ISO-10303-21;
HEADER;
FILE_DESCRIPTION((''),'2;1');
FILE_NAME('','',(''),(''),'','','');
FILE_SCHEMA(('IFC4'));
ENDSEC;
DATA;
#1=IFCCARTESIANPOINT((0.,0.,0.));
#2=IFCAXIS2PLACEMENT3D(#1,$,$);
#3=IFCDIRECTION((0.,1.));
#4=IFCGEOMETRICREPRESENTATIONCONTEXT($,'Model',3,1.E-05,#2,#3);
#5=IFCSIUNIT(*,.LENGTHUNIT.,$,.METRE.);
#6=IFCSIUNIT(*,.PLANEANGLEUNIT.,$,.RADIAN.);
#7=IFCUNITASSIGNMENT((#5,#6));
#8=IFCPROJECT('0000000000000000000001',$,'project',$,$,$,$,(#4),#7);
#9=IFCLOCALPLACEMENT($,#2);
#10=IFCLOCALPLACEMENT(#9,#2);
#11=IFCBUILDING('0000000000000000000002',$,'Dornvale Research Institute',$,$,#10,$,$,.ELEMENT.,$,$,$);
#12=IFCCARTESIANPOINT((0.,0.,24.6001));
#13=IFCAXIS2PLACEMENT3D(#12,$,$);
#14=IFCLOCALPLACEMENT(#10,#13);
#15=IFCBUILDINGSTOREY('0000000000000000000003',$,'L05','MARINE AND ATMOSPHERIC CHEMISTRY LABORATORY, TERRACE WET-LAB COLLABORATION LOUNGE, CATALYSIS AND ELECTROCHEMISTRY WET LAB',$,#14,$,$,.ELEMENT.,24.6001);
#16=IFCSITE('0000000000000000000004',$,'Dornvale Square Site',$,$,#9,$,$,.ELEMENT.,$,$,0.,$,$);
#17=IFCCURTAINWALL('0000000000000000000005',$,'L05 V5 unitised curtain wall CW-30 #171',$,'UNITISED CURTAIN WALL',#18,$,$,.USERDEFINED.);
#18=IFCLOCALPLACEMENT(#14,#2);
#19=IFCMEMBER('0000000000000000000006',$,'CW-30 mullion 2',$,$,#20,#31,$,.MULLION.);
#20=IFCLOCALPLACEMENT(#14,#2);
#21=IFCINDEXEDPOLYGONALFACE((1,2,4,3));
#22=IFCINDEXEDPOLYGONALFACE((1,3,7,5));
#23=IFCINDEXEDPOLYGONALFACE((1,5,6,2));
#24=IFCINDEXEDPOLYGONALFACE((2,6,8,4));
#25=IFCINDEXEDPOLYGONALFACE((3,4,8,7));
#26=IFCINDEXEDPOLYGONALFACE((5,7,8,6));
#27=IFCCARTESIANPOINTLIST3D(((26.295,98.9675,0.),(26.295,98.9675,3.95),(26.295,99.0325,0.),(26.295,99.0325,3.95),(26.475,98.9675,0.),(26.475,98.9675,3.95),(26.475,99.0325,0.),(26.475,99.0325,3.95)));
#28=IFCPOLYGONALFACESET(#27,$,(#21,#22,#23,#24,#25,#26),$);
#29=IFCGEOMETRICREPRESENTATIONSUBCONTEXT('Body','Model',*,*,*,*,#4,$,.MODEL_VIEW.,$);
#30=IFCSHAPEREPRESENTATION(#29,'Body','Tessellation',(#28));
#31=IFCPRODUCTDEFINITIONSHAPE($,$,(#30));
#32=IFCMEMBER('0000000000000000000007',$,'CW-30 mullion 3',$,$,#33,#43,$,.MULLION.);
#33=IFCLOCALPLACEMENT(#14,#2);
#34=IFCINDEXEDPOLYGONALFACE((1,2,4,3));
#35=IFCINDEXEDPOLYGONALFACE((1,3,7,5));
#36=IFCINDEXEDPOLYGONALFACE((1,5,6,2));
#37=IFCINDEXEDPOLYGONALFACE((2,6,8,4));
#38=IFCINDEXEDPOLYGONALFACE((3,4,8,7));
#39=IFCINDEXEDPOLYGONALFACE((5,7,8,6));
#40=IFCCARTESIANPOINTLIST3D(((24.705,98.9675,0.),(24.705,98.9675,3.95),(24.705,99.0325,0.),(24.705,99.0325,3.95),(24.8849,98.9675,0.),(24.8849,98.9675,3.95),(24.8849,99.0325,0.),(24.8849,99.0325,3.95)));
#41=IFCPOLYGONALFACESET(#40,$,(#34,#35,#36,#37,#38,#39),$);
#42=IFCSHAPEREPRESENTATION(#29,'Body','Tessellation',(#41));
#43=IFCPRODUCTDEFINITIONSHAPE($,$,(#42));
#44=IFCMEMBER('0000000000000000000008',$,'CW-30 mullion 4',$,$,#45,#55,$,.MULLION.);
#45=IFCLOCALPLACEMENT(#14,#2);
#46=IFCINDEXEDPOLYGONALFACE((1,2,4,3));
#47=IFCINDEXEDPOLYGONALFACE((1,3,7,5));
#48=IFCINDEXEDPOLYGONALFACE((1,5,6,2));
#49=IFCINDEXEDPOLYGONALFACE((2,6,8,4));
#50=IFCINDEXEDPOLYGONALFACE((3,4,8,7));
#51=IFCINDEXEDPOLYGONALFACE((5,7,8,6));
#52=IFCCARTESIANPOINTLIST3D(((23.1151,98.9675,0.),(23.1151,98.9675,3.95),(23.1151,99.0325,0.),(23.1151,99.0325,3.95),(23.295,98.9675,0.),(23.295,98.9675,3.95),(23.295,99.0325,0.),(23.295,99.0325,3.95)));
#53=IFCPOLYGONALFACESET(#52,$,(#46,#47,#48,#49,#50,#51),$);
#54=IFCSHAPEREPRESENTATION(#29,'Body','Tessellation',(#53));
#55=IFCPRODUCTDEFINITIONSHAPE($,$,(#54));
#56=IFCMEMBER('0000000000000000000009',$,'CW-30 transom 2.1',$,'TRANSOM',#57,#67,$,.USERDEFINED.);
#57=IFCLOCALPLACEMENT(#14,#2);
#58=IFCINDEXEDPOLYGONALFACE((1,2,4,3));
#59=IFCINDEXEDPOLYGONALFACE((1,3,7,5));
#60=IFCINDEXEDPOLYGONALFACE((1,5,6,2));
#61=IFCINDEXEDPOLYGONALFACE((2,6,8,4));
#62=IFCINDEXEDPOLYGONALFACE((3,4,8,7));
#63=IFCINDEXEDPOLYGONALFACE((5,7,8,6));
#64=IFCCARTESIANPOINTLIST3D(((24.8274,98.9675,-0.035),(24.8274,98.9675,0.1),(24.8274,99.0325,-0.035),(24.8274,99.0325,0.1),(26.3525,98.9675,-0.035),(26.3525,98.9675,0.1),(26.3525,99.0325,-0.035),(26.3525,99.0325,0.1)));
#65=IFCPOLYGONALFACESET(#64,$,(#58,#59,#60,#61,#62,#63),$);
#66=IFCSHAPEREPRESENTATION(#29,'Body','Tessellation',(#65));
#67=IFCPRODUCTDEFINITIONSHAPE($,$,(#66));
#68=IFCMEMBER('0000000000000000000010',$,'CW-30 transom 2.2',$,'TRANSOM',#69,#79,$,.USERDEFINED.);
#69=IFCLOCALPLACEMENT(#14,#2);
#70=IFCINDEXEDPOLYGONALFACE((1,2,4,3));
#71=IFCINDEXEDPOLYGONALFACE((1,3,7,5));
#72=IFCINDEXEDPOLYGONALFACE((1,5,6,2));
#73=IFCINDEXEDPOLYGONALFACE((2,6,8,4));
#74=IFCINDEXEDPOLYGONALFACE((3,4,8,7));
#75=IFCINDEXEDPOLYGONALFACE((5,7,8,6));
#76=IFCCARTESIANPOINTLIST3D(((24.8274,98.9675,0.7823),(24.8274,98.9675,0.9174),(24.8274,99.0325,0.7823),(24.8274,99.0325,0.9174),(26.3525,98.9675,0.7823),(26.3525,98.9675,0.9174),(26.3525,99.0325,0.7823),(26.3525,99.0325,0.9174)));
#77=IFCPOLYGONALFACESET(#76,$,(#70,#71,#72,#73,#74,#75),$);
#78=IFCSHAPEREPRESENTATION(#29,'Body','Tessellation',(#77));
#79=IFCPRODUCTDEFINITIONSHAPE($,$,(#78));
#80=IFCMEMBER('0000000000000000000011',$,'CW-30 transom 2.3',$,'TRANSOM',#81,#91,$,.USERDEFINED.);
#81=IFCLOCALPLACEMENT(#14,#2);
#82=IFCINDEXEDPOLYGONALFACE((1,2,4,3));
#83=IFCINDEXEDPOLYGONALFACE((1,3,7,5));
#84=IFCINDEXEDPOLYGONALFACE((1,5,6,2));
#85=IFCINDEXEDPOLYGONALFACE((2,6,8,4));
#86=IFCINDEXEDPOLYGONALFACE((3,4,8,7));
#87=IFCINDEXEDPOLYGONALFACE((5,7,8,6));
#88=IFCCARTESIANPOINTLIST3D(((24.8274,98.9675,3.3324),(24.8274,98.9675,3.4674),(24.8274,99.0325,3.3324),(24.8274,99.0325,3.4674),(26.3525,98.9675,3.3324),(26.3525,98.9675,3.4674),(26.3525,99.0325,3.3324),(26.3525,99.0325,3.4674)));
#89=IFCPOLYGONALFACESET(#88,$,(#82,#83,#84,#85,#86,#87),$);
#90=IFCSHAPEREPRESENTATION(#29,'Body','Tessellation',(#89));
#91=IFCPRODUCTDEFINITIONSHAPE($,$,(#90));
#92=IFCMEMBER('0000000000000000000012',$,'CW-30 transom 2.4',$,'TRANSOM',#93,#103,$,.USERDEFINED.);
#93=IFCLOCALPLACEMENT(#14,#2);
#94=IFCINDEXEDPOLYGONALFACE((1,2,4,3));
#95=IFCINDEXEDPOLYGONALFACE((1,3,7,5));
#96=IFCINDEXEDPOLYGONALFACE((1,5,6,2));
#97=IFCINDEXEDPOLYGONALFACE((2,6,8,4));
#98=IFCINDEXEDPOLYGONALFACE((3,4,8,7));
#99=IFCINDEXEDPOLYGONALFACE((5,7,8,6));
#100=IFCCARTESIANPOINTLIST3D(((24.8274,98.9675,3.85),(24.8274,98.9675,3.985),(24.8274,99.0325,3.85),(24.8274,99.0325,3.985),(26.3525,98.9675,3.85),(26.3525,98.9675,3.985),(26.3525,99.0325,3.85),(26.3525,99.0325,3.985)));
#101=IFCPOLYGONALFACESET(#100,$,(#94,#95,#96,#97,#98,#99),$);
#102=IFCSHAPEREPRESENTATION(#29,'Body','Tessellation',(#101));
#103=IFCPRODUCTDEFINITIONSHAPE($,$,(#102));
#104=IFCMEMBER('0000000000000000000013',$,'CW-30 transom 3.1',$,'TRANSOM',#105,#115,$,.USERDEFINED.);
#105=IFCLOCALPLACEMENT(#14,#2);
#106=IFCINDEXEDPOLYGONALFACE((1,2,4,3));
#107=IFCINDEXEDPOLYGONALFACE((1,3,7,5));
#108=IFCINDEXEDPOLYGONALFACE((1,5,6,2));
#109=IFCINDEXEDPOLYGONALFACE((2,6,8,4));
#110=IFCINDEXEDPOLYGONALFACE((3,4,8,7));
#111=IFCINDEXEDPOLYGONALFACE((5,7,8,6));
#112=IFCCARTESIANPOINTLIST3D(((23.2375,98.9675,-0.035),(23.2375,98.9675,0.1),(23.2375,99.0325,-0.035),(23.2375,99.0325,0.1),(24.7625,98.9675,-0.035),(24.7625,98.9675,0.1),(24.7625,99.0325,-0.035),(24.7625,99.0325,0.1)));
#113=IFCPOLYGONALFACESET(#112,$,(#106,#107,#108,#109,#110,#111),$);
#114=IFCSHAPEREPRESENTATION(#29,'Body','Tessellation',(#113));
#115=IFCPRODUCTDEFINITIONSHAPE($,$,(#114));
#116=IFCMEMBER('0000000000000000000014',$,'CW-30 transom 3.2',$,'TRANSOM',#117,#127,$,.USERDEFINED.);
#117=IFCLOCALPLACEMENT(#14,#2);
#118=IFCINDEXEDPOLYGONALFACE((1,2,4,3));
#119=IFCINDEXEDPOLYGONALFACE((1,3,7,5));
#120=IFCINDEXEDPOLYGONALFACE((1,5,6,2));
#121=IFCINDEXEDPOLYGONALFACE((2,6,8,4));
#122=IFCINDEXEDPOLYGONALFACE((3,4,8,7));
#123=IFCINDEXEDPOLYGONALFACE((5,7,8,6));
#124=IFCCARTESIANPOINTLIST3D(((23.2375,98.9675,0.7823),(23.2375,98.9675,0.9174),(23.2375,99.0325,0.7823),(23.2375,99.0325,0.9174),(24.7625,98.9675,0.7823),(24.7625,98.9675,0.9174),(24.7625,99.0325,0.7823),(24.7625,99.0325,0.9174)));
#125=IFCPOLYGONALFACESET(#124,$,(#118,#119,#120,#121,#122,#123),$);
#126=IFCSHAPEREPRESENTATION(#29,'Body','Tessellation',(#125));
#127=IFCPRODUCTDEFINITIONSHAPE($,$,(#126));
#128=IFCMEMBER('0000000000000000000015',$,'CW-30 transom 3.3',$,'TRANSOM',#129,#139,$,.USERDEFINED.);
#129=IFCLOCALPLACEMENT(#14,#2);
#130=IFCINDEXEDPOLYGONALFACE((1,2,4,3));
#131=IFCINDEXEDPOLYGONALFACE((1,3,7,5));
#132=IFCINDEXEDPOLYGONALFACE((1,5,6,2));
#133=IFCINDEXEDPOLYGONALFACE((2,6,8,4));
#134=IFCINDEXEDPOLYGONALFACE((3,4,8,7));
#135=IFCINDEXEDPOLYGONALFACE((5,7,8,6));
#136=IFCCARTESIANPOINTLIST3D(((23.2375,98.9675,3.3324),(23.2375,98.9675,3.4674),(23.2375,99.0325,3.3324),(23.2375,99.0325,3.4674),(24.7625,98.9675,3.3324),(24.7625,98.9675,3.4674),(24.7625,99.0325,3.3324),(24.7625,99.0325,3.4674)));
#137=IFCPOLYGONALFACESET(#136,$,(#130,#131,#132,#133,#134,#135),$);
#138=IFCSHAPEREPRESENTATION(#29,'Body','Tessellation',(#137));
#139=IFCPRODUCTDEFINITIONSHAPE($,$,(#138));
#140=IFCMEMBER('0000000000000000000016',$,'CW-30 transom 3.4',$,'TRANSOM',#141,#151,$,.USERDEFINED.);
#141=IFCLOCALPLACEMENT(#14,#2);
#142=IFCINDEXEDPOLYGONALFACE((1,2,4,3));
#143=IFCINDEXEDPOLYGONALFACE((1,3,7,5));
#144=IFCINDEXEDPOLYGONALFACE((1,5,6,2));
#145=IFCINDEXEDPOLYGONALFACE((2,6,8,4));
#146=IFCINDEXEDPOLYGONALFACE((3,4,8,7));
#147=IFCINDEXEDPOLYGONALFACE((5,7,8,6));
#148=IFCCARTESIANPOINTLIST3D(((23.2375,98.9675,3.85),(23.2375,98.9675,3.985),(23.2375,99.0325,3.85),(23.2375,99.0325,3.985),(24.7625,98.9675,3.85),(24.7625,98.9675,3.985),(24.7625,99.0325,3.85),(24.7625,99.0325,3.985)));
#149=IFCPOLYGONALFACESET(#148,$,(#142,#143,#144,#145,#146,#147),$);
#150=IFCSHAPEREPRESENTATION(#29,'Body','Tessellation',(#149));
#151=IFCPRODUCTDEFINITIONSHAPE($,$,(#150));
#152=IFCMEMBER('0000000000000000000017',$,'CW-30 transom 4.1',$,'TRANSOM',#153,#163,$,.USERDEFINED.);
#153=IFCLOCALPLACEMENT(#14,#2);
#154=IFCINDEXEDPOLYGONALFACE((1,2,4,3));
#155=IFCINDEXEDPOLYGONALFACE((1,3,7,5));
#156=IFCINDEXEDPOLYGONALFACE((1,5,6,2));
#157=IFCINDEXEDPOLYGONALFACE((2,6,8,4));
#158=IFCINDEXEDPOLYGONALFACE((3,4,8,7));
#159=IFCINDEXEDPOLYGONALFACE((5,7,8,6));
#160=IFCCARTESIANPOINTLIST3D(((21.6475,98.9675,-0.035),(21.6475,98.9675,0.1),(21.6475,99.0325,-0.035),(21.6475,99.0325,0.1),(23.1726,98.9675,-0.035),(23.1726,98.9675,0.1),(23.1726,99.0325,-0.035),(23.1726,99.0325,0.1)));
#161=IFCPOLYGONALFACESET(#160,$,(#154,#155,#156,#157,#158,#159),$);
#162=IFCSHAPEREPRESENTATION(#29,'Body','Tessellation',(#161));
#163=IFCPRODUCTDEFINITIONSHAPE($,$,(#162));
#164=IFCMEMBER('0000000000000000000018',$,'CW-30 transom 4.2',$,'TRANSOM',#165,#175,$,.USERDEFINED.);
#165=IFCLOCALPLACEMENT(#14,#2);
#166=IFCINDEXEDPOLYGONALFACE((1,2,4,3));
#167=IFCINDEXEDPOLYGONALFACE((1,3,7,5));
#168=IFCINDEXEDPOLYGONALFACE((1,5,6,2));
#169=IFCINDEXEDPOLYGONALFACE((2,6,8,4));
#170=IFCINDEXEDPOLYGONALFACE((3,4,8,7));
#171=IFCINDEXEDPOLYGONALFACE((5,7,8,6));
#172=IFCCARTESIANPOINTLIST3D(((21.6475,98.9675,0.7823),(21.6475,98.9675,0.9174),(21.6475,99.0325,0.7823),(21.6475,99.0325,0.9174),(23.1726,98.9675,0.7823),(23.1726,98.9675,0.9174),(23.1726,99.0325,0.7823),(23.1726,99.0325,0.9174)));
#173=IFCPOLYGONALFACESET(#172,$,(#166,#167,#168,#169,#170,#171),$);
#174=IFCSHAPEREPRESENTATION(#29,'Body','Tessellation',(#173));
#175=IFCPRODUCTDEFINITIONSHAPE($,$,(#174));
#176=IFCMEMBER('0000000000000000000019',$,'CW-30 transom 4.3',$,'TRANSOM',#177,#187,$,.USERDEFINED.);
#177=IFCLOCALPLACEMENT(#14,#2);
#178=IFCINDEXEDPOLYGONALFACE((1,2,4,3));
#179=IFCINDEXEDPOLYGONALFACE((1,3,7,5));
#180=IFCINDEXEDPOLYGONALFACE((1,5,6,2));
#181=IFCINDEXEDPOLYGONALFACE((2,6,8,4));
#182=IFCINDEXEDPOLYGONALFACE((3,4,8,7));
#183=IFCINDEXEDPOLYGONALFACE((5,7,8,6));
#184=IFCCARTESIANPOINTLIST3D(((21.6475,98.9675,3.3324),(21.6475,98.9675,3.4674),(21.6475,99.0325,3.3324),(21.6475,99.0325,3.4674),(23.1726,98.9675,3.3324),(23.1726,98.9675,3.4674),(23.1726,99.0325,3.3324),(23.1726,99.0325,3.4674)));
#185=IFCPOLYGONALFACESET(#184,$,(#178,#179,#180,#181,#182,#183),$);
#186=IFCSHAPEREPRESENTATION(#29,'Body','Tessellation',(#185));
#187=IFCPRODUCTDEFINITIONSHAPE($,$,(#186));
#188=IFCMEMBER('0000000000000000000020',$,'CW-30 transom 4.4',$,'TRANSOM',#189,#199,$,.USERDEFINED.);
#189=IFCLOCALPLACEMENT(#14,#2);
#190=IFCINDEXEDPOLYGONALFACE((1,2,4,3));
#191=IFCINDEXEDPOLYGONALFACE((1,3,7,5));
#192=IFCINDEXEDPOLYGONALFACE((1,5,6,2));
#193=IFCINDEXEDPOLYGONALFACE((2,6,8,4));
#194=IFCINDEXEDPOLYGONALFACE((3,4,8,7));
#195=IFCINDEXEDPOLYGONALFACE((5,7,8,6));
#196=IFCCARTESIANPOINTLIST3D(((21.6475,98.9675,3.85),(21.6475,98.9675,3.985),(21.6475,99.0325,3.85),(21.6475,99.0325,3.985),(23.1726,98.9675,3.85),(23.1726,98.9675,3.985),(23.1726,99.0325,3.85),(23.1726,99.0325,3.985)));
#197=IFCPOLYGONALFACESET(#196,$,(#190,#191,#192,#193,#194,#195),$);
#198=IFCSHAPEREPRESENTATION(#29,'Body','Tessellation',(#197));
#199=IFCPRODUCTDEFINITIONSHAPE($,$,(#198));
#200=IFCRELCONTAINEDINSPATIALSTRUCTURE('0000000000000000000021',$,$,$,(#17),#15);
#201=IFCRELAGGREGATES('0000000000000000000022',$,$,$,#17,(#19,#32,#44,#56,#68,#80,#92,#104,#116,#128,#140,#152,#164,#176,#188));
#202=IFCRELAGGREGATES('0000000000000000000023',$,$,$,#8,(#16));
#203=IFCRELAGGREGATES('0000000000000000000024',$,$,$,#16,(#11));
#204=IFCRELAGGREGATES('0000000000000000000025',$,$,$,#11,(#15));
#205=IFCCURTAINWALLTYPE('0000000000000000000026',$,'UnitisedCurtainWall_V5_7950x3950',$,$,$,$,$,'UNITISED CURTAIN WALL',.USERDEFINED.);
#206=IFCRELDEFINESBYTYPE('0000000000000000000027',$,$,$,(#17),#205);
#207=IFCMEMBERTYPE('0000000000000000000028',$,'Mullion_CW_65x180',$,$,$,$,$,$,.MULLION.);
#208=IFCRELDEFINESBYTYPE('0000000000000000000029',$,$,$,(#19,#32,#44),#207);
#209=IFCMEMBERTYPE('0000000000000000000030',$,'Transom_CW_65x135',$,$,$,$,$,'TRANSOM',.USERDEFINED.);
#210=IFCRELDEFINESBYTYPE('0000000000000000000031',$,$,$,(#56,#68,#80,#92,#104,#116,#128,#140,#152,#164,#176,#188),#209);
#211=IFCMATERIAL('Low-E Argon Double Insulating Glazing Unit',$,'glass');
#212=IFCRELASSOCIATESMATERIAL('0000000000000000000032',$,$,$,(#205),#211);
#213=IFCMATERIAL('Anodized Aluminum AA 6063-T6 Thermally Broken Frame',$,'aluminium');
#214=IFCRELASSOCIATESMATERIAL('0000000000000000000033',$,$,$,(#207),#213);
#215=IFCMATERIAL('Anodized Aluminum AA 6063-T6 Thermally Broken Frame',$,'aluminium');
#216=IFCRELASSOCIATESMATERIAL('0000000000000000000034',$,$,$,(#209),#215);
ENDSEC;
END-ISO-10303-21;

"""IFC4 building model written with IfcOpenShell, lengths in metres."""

from ifc_helpers import new_model, si_unit, direction, frame, origin, origin_2d, place, context, subcontext, project, spatial, rectangle, extrude, material, material_profile, profile_set, type_object, element, aggregate, save


model = new_model("IFC4")

# Units and contexts
model_context = context("Model", 3, precision=1e-05, world=origin(), true_north=direction((0.0, 1.0)))
body_context = subcontext(model_context, "Body", "Model", "MODEL_VIEW")
ifc_project = project(units=[si_unit("LENGTHUNIT", "METRE"), si_unit("PLANEANGLEUNIT", "RADIAN")], contexts=[model_context])

# Site, building, storey
site_placement = place(None, origin())
site = spatial("IfcSite", under=ifc_project, at=site_placement, Name="Dornvale Square Site", CompositionType="ELEMENT", RefElevation=0.0)
building_placement = place(site_placement, origin())
building = spatial("IfcBuilding", under=site, at=building_placement, Name="Dornvale Research Institute", CompositionType="ELEMENT")
storey_placement = place(building_placement, frame((0.0, 0.0, 24.6001)))
storey = spatial("IfcBuildingStorey", under=building, at=storey_placement, Name="L05", Description="MARINE AND ATMOSPHERIC CHEMISTRY LABORATORY, TERRACE WET-LAB COLLABORATION LOUNGE, CATALYSIS AND ELECTROCHEMISTRY WET LAB", CompositionType="ELEMENT", Elevation=24.6001)

# Curtain wall, members
ifc_material_1 = material(Name="Low-E Argon Double Insulating Glazing Unit", Category="glass")
curtain_wall_type = type_object("IfcCurtainWallType", Name="UnitisedCurtainWall_V5_7950x3950", ElementType="UNITISED CURTAIN WALL", PredefinedType="USERDEFINED", material=ifc_material_1)
curtain_wall_placement = place(storey_placement, origin())
curtain_wall = element("IfcCurtainWall", 1, at=curtain_wall_placement, inside=storey, type_object=curtain_wall_type, Name="L05 V5 unitised curtain wall CW-30 #171", ObjectType="UNITISED CURTAIN WALL", PredefinedType="USERDEFINED")
ifc_material_2 = material(Name="Anodized Aluminum AA 6063-T6 Thermally Broken Frame", Category="aluminium")
ifc_material_profile_1 = material_profile(ifc_material_2, rectangle(XDim=0.0649, YDim=0.1799, at=origin_2d()), Name="ALU MULLION 65x180")
ifc_profile_set_1 = profile_set([ifc_material_profile_1], Name="Anodized Aluminum AA 6063-T6 Thermally Broken Frame")
member_type_1 = type_object("IfcMemberType", Name="Mullion_CW_65x180", PredefinedType="MULLION", material=ifc_profile_set_1)
member_1_placement = place(storey_placement, frame((26.385, 99.0, 0.0), z_axis=(0.0, 0.0, 1.0), x_axis=(0.0, -1.0, 0.0)))
member_1 = element("IfcMember", 2, at=member_1_placement, type_object=member_type_1, Name="CW-30 mullion 2", PredefinedType="MULLION", context=body_context, shape_type="SweptSolid", body=[
    extrude(rectangle(XDim=0.0649, YDim=0.1799, at=origin_2d()), origin(), (0.0, 0.0, 1.0), 3.95),
])
member_2_placement = place(storey_placement, frame((24.7949, 99.0, 0.0), z_axis=(0.0, 0.0, 1.0), x_axis=(0.0, -1.0, 0.0)))
member_2 = element("IfcMember", 3, at=member_2_placement, type_object=member_type_1, Name="CW-30 mullion 3", PredefinedType="MULLION", context=body_context, shape_type="SweptSolid", body=[
    extrude(rectangle(XDim=0.0649, YDim=0.1799, at=origin_2d()), origin(), (0.0, 0.0, 1.0), 3.95),
])
member_3_placement = place(storey_placement, frame((23.2051, 99.0, 0.0), z_axis=(0.0, 0.0, 1.0), x_axis=(0.0, -1.0, 0.0)))
member_3 = element("IfcMember", 4, at=member_3_placement, type_object=member_type_1, Name="CW-30 mullion 4", PredefinedType="MULLION", context=body_context, shape_type="SweptSolid", body=[
    extrude(rectangle(XDim=0.0649, YDim=0.1799, at=origin_2d()), origin(), (0.0, 0.0, 1.0), 3.95),
])
ifc_material_3 = material(Name="Anodized Aluminum AA 6063-T6 Thermally Broken Frame", Category="aluminium")
ifc_material_profile_2 = material_profile(ifc_material_3, rectangle(XDim=0.0649, YDim=0.135, at=origin_2d()), Name="ALU TRANSOM 65x135")
ifc_profile_set_2 = profile_set([ifc_material_profile_2], Name="Anodized Aluminum AA 6063-T6 Thermally Broken Frame")
member_type_2 = type_object("IfcMemberType", Name="Transom_CW_65x135", ElementType="TRANSOM", PredefinedType="USERDEFINED", material=ifc_profile_set_2)
member_4_placement = place(storey_placement, frame((26.3525, 99.0, 0.0325), z_axis=(-1.0, 0.0, 0.0), x_axis=(0.0, -1.0, 0.0)))
member_4 = element("IfcMember", 5, at=member_4_placement, type_object=member_type_2, Name="CW-30 transom 2.1", ObjectType="TRANSOM", PredefinedType="USERDEFINED", context=body_context, shape_type="SweptSolid", body=[
    extrude(rectangle(XDim=0.0649, YDim=0.135, at=origin_2d()), origin(), (0.0, 0.0, 1.0), 1.5251),
])
member_5_placement = place(storey_placement, frame((26.3525, 99.0, 0.8499), z_axis=(-1.0, 0.0, 0.0), x_axis=(0.0, -1.0, 0.0)))
member_5 = element("IfcMember", 6, at=member_5_placement, type_object=member_type_2, Name="CW-30 transom 2.2", ObjectType="TRANSOM", PredefinedType="USERDEFINED", context=body_context, shape_type="SweptSolid", body=[
    extrude(rectangle(XDim=0.0649, YDim=0.135, at=origin_2d()), origin(), (0.0, 0.0, 1.0), 1.5251),
])
member_6_placement = place(storey_placement, frame((26.3525, 99.0, 3.3999), z_axis=(-1.0, 0.0, 0.0), x_axis=(0.0, -1.0, 0.0)))
member_6 = element("IfcMember", 7, at=member_6_placement, type_object=member_type_2, Name="CW-30 transom 2.3", ObjectType="TRANSOM", PredefinedType="USERDEFINED", context=body_context, shape_type="SweptSolid", body=[
    extrude(rectangle(XDim=0.0649, YDim=0.135, at=origin_2d()), origin(), (0.0, 0.0, 1.0), 1.5251),
])
member_7_placement = place(storey_placement, frame((26.3525, 99.0, 3.9175), z_axis=(-1.0, 0.0, 0.0), x_axis=(0.0, -1.0, 0.0)))
member_7 = element("IfcMember", 8, at=member_7_placement, type_object=member_type_2, Name="CW-30 transom 2.4", ObjectType="TRANSOM", PredefinedType="USERDEFINED", context=body_context, shape_type="SweptSolid", body=[
    extrude(rectangle(XDim=0.0649, YDim=0.135, at=origin_2d()), origin(), (0.0, 0.0, 1.0), 1.5251),
])
member_8_placement = place(storey_placement, frame((24.7625, 99.0, 0.0325), z_axis=(-1.0, 0.0, 0.0), x_axis=(0.0, -1.0, 0.0)))
member_8 = element("IfcMember", 9, at=member_8_placement, type_object=member_type_2, Name="CW-30 transom 3.1", ObjectType="TRANSOM", PredefinedType="USERDEFINED", context=body_context, shape_type="SweptSolid", body=[
    extrude(rectangle(XDim=0.0649, YDim=0.135, at=origin_2d()), origin(), (0.0, 0.0, 1.0), 1.5249),
])
member_9_placement = place(storey_placement, frame((24.7625, 99.0, 0.8499), z_axis=(-1.0, 0.0, 0.0), x_axis=(0.0, -1.0, 0.0)))
member_9 = element("IfcMember", 10, at=member_9_placement, type_object=member_type_2, Name="CW-30 transom 3.2", ObjectType="TRANSOM", PredefinedType="USERDEFINED", context=body_context, shape_type="SweptSolid", body=[
    extrude(rectangle(XDim=0.0649, YDim=0.135, at=origin_2d()), origin(), (0.0, 0.0, 1.0), 1.5249),
])
member_10_placement = place(storey_placement, frame((24.7625, 99.0, 3.3999), z_axis=(-1.0, 0.0, 0.0), x_axis=(0.0, -1.0, 0.0)))
member_10 = element("IfcMember", 11, at=member_10_placement, type_object=member_type_2, Name="CW-30 transom 3.3", ObjectType="TRANSOM", PredefinedType="USERDEFINED", context=body_context, shape_type="SweptSolid", body=[
    extrude(rectangle(XDim=0.0649, YDim=0.135, at=origin_2d()), origin(), (0.0, 0.0, 1.0), 1.5249),
])
member_11_placement = place(storey_placement, frame((24.7625, 99.0, 3.9175), z_axis=(-1.0, 0.0, 0.0), x_axis=(0.0, -1.0, 0.0)))
member_11 = element("IfcMember", 12, at=member_11_placement, type_object=member_type_2, Name="CW-30 transom 3.4", ObjectType="TRANSOM", PredefinedType="USERDEFINED", context=body_context, shape_type="SweptSolid", body=[
    extrude(rectangle(XDim=0.0649, YDim=0.135, at=origin_2d()), origin(), (0.0, 0.0, 1.0), 1.5249),
])
member_12_placement = place(storey_placement, frame((23.1726, 99.0, 0.0325), z_axis=(-1.0, 0.0, 0.0), x_axis=(0.0, -1.0, 0.0)))
member_12 = element("IfcMember", 13, at=member_12_placement, type_object=member_type_2, Name="CW-30 transom 4.1", ObjectType="TRANSOM", PredefinedType="USERDEFINED", context=body_context, shape_type="SweptSolid", body=[
    extrude(rectangle(XDim=0.0649, YDim=0.135, at=origin_2d()), origin(), (0.0, 0.0, 1.0), 1.5251),
])
member_13_placement = place(storey_placement, frame((23.1726, 99.0, 0.8499), z_axis=(-1.0, 0.0, 0.0), x_axis=(0.0, -1.0, 0.0)))
member_13 = element("IfcMember", 14, at=member_13_placement, type_object=member_type_2, Name="CW-30 transom 4.2", ObjectType="TRANSOM", PredefinedType="USERDEFINED", context=body_context, shape_type="SweptSolid", body=[
    extrude(rectangle(XDim=0.0649, YDim=0.135, at=origin_2d()), origin(), (0.0, 0.0, 1.0), 1.5251),
])
member_14_placement = place(storey_placement, frame((23.1726, 99.0, 3.3999), z_axis=(-1.0, 0.0, 0.0), x_axis=(0.0, -1.0, 0.0)))
member_14 = element("IfcMember", 15, at=member_14_placement, type_object=member_type_2, Name="CW-30 transom 4.3", ObjectType="TRANSOM", PredefinedType="USERDEFINED", context=body_context, shape_type="SweptSolid", body=[
    extrude(rectangle(XDim=0.0649, YDim=0.135, at=origin_2d()), origin(), (0.0, 0.0, 1.0), 1.5251),
])
member_15_placement = place(storey_placement, frame((23.1726, 99.0, 3.9175), z_axis=(-1.0, 0.0, 0.0), x_axis=(0.0, -1.0, 0.0)))
member_15 = element("IfcMember", 16, at=member_15_placement, type_object=member_type_2, Name="CW-30 transom 4.4", ObjectType="TRANSOM", PredefinedType="USERDEFINED", context=body_context, shape_type="SweptSolid", body=[
    extrude(rectangle(XDim=0.0649, YDim=0.135, at=origin_2d()), origin(), (0.0, 0.0, 1.0), 1.5251),
])
aggregate(curtain_wall, [member_1, member_2, member_3, member_4, member_5, member_6, member_7, member_8, member_9, member_10, member_11, member_12, member_13, member_14, member_15])

save(model, "model.ifc")
